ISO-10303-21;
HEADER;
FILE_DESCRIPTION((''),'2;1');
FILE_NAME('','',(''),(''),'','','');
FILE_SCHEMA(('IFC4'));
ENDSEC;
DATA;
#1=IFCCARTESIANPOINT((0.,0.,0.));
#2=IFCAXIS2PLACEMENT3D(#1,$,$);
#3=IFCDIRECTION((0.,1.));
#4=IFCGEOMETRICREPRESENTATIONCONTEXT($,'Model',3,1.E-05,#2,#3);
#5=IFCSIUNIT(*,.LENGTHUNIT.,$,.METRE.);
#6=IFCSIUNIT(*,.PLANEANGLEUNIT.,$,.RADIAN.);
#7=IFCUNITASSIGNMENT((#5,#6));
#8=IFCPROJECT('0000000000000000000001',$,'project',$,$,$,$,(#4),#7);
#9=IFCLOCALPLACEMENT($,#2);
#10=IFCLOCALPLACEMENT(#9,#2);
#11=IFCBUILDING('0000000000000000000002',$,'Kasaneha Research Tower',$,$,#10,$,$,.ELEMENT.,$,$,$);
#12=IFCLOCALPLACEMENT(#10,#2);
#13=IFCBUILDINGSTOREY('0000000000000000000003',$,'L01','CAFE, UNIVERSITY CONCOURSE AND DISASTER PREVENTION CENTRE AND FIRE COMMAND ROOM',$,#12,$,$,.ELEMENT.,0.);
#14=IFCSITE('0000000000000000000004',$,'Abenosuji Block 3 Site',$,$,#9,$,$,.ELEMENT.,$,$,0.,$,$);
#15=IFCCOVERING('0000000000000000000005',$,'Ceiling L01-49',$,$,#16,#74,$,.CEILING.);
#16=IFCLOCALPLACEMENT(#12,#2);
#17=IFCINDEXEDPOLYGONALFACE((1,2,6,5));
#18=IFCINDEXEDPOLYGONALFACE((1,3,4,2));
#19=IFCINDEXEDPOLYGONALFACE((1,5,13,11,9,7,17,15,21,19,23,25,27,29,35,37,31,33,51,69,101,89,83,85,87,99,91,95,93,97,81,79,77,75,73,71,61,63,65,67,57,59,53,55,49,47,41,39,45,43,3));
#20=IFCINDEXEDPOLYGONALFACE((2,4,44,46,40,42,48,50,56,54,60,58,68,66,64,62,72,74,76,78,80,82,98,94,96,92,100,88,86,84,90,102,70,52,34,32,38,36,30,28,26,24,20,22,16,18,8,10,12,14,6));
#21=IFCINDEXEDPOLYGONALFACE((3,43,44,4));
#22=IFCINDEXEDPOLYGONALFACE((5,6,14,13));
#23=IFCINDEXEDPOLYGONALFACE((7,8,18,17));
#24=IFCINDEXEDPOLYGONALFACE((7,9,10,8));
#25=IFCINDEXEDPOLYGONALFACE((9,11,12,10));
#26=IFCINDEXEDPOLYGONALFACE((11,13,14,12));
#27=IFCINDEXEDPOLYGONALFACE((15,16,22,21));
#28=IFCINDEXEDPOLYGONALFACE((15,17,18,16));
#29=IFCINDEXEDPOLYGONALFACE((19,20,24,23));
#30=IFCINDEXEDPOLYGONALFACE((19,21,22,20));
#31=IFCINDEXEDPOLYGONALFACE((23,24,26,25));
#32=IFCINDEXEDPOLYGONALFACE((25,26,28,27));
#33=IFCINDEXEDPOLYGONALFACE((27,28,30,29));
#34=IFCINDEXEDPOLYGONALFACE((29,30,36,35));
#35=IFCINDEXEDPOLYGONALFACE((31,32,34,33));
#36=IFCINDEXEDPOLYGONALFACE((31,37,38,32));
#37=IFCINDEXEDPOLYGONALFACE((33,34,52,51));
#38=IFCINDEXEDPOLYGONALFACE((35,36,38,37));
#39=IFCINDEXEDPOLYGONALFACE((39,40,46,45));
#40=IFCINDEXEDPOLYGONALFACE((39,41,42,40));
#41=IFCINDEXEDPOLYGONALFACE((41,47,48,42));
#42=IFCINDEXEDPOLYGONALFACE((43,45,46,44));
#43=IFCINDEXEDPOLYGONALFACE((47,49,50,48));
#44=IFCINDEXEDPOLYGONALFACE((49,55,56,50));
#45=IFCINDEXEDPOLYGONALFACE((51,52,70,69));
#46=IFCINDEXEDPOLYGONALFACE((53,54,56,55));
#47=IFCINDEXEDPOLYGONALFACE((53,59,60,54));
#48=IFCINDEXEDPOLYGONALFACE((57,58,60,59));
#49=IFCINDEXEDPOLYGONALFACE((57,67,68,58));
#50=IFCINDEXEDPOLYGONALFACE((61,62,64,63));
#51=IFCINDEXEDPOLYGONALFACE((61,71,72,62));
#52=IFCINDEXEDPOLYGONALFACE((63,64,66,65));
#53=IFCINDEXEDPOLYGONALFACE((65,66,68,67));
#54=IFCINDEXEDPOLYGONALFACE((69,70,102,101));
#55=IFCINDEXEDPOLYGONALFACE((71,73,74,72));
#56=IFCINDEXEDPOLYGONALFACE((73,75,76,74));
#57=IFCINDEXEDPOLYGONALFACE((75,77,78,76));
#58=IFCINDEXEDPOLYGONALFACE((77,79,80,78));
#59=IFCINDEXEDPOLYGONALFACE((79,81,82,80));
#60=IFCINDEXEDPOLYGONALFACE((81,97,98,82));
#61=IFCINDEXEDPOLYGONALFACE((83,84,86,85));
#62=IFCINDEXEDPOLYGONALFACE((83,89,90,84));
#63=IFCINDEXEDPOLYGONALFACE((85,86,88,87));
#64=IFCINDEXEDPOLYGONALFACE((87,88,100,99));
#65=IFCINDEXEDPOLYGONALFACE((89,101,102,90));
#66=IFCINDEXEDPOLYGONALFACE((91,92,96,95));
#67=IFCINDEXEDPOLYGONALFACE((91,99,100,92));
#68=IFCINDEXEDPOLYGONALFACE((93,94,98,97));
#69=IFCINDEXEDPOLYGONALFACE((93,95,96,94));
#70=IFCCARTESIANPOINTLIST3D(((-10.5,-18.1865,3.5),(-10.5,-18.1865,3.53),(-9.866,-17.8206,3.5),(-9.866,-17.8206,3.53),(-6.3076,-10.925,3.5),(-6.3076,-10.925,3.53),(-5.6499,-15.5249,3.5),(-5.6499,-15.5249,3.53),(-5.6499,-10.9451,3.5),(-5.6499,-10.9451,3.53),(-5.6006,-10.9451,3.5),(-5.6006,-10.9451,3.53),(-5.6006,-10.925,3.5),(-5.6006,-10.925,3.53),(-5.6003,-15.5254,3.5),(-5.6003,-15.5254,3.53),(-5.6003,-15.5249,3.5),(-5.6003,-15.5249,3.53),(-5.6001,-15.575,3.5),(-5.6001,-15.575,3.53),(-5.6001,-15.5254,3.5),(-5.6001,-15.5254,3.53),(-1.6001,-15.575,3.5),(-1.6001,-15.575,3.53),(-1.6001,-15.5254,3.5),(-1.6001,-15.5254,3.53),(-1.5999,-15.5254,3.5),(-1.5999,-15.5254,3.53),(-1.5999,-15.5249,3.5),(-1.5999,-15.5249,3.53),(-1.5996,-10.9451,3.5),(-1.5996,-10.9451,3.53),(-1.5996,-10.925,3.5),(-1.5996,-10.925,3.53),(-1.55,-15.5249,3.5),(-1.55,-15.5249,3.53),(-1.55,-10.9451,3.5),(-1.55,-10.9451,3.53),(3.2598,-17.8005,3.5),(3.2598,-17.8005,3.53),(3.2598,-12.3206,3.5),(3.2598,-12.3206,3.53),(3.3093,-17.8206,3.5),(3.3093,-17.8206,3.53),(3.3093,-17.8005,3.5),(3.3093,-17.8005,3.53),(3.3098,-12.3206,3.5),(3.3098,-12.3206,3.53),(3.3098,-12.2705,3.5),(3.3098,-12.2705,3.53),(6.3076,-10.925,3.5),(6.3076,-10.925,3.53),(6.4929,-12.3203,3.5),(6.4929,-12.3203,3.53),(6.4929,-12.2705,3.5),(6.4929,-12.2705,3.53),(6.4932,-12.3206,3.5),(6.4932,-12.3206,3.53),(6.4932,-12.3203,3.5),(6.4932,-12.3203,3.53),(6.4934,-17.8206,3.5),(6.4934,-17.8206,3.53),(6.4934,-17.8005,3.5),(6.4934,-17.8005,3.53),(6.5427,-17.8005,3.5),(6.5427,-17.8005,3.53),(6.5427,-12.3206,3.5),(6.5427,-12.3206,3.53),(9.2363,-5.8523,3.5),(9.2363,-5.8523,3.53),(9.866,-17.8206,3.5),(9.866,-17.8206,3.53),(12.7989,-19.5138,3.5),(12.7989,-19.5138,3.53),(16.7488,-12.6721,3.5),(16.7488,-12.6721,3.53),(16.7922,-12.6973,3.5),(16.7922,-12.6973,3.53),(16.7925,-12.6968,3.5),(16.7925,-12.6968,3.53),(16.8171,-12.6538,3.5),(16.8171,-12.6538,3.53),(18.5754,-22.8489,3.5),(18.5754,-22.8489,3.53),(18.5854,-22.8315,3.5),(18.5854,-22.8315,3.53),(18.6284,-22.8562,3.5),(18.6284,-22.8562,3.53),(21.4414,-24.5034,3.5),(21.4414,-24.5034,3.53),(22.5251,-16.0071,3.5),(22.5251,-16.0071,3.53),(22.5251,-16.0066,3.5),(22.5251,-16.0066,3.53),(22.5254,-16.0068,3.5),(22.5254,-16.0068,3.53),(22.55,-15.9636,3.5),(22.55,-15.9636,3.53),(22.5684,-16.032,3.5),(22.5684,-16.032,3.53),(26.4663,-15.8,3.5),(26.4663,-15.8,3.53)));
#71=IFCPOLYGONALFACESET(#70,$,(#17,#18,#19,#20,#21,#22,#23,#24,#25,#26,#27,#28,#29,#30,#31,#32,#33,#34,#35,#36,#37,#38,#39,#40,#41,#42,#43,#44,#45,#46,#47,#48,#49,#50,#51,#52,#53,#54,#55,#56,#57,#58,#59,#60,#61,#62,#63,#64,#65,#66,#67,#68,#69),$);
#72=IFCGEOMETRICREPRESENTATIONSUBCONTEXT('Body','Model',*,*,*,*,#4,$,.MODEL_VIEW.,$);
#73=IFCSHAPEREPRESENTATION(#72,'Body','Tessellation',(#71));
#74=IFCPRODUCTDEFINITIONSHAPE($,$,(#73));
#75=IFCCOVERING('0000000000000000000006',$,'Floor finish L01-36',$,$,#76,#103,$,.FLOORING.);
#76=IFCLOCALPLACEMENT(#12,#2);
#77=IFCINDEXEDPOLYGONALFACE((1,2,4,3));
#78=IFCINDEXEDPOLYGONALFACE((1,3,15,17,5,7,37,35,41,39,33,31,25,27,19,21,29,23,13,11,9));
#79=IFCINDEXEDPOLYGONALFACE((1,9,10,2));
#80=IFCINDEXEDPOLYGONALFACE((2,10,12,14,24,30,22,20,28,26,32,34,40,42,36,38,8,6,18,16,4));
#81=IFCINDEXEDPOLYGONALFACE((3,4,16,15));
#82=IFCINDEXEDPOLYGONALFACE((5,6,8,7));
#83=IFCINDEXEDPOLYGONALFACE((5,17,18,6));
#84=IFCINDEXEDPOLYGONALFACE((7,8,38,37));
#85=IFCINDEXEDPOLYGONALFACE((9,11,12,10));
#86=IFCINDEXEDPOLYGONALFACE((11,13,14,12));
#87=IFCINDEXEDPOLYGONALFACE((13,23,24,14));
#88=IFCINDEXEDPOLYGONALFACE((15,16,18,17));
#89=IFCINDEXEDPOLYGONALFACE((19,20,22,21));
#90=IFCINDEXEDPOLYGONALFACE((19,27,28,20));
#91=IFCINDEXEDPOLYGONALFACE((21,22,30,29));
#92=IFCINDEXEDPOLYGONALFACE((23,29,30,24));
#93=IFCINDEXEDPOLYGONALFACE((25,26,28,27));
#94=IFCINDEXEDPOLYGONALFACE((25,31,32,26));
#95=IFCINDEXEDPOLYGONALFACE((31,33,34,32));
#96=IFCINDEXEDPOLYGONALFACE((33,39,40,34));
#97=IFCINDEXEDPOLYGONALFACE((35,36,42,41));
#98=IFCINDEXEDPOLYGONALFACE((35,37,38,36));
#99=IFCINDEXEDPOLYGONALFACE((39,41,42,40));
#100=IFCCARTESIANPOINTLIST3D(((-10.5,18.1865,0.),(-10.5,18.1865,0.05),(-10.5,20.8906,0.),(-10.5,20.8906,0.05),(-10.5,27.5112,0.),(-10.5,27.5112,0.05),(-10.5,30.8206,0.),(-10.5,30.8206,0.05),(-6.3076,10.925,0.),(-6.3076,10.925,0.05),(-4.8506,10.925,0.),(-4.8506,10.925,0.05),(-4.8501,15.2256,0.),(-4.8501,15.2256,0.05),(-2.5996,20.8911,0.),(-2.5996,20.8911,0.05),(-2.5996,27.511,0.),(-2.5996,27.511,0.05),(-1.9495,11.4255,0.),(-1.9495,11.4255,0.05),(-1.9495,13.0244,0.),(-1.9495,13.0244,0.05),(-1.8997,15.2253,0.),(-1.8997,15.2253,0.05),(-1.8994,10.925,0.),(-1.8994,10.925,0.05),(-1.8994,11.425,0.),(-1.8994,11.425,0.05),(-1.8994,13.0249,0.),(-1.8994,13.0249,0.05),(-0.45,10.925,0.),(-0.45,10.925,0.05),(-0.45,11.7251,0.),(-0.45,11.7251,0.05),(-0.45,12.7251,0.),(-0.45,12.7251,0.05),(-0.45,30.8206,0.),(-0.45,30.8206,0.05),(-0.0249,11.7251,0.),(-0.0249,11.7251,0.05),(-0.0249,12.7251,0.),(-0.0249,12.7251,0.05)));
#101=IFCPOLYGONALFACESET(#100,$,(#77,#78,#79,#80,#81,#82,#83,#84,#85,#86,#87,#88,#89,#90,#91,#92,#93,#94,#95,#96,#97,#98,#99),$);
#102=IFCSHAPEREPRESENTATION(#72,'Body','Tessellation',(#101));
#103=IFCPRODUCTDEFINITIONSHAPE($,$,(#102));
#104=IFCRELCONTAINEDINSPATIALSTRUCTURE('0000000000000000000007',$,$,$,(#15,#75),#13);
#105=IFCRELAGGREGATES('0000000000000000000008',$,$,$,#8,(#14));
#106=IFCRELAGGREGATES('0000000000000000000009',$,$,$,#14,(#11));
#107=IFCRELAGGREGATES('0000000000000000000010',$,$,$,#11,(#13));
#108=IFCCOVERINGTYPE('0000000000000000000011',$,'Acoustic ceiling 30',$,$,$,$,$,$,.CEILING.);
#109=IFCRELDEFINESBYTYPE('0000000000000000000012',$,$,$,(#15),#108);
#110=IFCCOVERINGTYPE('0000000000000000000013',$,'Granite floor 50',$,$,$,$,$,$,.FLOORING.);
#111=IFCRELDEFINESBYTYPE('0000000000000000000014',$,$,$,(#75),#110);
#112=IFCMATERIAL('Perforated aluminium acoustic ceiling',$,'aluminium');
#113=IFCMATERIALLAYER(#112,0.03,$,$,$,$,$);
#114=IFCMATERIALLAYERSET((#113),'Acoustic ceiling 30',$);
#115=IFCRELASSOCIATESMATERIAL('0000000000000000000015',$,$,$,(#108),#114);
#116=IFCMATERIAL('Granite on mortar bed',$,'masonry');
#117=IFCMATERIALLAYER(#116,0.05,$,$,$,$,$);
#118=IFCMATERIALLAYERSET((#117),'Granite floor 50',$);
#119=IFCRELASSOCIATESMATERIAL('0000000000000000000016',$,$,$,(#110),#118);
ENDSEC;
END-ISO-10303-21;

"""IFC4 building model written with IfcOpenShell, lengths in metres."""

from ifc_helpers import new_model, si_unit, direction, frame, origin, place, context, subcontext, project, spatial, polyline, outline, extrude, material, layer, layer_set, type_object, element, save


model = new_model("IFC4")

# Units and contexts
model_context = context("Model", 3, precision=1e-05, world=origin(), true_north=direction((0.0, 1.0)))
body_context = subcontext(model_context, "Body", "Model", "MODEL_VIEW")
ifc_project = project(units=[si_unit("LENGTHUNIT", "METRE"), si_unit("PLANEANGLEUNIT", "RADIAN")], contexts=[model_context])

# Site, building, storey
site_placement = place(None, origin())
site = spatial("IfcSite", under=ifc_project, at=site_placement, Name="Abenosuji Block 3 Site", CompositionType="ELEMENT", RefElevation=0.0)
building_placement = place(site_placement, origin())
building = spatial("IfcBuilding", under=site, at=building_placement, Name="Kasaneha Research Tower", CompositionType="ELEMENT")
storey_placement = place(building_placement, origin())
storey = spatial("IfcBuildingStorey", under=building, at=storey_placement, Name="L01", Description="CAFE, UNIVERSITY CONCOURSE AND DISASTER PREVENTION CENTRE AND FIRE COMMAND ROOM", CompositionType="ELEMENT", Elevation=0.0)

# Coverings
ifc_material_1 = material(Name="Perforated aluminium acoustic ceiling", Category="aluminium")
ifc_layer_1 = layer(ifc_material_1, 0.03)
ifc_layer_set_1 = layer_set([ifc_layer_1], Name="Acoustic ceiling 30")
covering_type_1 = type_object("IfcCoveringType", Name="Acoustic ceiling 30", PredefinedType="CEILING", material=ifc_layer_set_1)
covering_1_placement = place(storey_placement, frame((0.0, 0.0, 3.5)))
element("IfcCovering", 1, at=covering_1_placement, inside=storey, type_object=covering_type_1, Name="Ceiling L01-49", PredefinedType="CEILING", context=body_context, shape_type="SweptSolid", body=[
    extrude(outline(polyline([(6.4929, -12.3203), (6.4929, -12.2705), (3.3098, -12.2705), (3.3098, -12.3206), (3.2598, -12.3206), (3.2598, -17.8005), (3.3093, -17.8005), (3.3093, -17.8206), (-9.866, -17.8206), (-10.5, -18.1865), (-6.3076, -10.925), (-5.6006, -10.925), (-5.6006, -10.9451), (-5.6499, -10.9451), (-5.6499, -15.5249), (-5.6003, -15.5249), (-5.6003, -15.5254), (-5.6001, -15.5254), (-5.6001, -15.575), (-1.6001, -15.575), (-1.6001, -15.5254), (-1.5999, -15.5254), (-1.5999, -15.5249), (-1.55, -15.5249), (-1.55, -10.9451), (-1.5996, -10.9451), (-1.5996, -10.925), (6.3076, -10.925), (9.2363, -5.8523), (26.4663, -15.8), (21.4414, -24.5034), (18.5754, -22.8489), (18.5854, -22.8315), (18.6284, -22.8562), (22.5684, -16.032), (22.5251, -16.0071), (22.5254, -16.0068), (22.5251, -16.0066), (22.55, -15.9636), (16.8171, -12.6538), (16.7925, -12.6968), (16.7925, -12.6968), (16.7922, -12.6973), (16.7488, -12.6721), (12.7988, -19.5139), (12.8418, -19.5386), (12.8418, -19.5386), (9.866, -17.8206), (6.4934, -17.8206), (6.4934, -17.8005), (6.5427, -17.8005), (6.5427, -12.3206), (6.4932, -12.3206), (6.4932, -12.3203), (6.4929, -12.3203)])), origin(), (0.0, 0.0, 1.0), 0.03),
])
ifc_material_2 = material(Name="Granite on mortar bed", Category="masonry")
ifc_layer_2 = layer(ifc_material_2, 0.05)
ifc_layer_set_2 = layer_set([ifc_layer_2], Name="Granite floor 50")
covering_type_2 = type_object("IfcCoveringType", Name="Granite floor 50", PredefinedType="FLOORING", material=ifc_layer_set_2)
covering_2_placement = place(storey_placement, origin())
element("IfcCovering", 2, at=covering_2_placement, inside=storey, type_object=covering_type_2, Name="Floor finish L01-36", PredefinedType="FLOORING", context=body_context, shape_type="SweptSolid", body=[
    extrude(outline(polyline([(-0.45, 12.7251), (-0.0249, 12.7251), (-0.0249, 11.7251), (-0.45, 11.7251), (-0.45, 10.925), (-1.8994, 10.925), (-1.8994, 11.425), (-1.9495, 11.4255), (-1.9495, 13.0244), (-1.8994, 13.0249), (-1.8997, 15.2253), (-4.8501, 15.2256), (-4.8506, 10.925), (-6.3076, 10.925), (-10.5, 18.1865), (-10.5, 20.8906), (-2.5996, 20.8911), (-2.5996, 27.511), (-10.5, 27.5112), (-10.5, 30.8206), (-0.45, 30.8206), (-0.45, 12.7251)])), origin(), (0.0, 0.0, 1.0), 0.05),
])

save(model, "model.ifc")
